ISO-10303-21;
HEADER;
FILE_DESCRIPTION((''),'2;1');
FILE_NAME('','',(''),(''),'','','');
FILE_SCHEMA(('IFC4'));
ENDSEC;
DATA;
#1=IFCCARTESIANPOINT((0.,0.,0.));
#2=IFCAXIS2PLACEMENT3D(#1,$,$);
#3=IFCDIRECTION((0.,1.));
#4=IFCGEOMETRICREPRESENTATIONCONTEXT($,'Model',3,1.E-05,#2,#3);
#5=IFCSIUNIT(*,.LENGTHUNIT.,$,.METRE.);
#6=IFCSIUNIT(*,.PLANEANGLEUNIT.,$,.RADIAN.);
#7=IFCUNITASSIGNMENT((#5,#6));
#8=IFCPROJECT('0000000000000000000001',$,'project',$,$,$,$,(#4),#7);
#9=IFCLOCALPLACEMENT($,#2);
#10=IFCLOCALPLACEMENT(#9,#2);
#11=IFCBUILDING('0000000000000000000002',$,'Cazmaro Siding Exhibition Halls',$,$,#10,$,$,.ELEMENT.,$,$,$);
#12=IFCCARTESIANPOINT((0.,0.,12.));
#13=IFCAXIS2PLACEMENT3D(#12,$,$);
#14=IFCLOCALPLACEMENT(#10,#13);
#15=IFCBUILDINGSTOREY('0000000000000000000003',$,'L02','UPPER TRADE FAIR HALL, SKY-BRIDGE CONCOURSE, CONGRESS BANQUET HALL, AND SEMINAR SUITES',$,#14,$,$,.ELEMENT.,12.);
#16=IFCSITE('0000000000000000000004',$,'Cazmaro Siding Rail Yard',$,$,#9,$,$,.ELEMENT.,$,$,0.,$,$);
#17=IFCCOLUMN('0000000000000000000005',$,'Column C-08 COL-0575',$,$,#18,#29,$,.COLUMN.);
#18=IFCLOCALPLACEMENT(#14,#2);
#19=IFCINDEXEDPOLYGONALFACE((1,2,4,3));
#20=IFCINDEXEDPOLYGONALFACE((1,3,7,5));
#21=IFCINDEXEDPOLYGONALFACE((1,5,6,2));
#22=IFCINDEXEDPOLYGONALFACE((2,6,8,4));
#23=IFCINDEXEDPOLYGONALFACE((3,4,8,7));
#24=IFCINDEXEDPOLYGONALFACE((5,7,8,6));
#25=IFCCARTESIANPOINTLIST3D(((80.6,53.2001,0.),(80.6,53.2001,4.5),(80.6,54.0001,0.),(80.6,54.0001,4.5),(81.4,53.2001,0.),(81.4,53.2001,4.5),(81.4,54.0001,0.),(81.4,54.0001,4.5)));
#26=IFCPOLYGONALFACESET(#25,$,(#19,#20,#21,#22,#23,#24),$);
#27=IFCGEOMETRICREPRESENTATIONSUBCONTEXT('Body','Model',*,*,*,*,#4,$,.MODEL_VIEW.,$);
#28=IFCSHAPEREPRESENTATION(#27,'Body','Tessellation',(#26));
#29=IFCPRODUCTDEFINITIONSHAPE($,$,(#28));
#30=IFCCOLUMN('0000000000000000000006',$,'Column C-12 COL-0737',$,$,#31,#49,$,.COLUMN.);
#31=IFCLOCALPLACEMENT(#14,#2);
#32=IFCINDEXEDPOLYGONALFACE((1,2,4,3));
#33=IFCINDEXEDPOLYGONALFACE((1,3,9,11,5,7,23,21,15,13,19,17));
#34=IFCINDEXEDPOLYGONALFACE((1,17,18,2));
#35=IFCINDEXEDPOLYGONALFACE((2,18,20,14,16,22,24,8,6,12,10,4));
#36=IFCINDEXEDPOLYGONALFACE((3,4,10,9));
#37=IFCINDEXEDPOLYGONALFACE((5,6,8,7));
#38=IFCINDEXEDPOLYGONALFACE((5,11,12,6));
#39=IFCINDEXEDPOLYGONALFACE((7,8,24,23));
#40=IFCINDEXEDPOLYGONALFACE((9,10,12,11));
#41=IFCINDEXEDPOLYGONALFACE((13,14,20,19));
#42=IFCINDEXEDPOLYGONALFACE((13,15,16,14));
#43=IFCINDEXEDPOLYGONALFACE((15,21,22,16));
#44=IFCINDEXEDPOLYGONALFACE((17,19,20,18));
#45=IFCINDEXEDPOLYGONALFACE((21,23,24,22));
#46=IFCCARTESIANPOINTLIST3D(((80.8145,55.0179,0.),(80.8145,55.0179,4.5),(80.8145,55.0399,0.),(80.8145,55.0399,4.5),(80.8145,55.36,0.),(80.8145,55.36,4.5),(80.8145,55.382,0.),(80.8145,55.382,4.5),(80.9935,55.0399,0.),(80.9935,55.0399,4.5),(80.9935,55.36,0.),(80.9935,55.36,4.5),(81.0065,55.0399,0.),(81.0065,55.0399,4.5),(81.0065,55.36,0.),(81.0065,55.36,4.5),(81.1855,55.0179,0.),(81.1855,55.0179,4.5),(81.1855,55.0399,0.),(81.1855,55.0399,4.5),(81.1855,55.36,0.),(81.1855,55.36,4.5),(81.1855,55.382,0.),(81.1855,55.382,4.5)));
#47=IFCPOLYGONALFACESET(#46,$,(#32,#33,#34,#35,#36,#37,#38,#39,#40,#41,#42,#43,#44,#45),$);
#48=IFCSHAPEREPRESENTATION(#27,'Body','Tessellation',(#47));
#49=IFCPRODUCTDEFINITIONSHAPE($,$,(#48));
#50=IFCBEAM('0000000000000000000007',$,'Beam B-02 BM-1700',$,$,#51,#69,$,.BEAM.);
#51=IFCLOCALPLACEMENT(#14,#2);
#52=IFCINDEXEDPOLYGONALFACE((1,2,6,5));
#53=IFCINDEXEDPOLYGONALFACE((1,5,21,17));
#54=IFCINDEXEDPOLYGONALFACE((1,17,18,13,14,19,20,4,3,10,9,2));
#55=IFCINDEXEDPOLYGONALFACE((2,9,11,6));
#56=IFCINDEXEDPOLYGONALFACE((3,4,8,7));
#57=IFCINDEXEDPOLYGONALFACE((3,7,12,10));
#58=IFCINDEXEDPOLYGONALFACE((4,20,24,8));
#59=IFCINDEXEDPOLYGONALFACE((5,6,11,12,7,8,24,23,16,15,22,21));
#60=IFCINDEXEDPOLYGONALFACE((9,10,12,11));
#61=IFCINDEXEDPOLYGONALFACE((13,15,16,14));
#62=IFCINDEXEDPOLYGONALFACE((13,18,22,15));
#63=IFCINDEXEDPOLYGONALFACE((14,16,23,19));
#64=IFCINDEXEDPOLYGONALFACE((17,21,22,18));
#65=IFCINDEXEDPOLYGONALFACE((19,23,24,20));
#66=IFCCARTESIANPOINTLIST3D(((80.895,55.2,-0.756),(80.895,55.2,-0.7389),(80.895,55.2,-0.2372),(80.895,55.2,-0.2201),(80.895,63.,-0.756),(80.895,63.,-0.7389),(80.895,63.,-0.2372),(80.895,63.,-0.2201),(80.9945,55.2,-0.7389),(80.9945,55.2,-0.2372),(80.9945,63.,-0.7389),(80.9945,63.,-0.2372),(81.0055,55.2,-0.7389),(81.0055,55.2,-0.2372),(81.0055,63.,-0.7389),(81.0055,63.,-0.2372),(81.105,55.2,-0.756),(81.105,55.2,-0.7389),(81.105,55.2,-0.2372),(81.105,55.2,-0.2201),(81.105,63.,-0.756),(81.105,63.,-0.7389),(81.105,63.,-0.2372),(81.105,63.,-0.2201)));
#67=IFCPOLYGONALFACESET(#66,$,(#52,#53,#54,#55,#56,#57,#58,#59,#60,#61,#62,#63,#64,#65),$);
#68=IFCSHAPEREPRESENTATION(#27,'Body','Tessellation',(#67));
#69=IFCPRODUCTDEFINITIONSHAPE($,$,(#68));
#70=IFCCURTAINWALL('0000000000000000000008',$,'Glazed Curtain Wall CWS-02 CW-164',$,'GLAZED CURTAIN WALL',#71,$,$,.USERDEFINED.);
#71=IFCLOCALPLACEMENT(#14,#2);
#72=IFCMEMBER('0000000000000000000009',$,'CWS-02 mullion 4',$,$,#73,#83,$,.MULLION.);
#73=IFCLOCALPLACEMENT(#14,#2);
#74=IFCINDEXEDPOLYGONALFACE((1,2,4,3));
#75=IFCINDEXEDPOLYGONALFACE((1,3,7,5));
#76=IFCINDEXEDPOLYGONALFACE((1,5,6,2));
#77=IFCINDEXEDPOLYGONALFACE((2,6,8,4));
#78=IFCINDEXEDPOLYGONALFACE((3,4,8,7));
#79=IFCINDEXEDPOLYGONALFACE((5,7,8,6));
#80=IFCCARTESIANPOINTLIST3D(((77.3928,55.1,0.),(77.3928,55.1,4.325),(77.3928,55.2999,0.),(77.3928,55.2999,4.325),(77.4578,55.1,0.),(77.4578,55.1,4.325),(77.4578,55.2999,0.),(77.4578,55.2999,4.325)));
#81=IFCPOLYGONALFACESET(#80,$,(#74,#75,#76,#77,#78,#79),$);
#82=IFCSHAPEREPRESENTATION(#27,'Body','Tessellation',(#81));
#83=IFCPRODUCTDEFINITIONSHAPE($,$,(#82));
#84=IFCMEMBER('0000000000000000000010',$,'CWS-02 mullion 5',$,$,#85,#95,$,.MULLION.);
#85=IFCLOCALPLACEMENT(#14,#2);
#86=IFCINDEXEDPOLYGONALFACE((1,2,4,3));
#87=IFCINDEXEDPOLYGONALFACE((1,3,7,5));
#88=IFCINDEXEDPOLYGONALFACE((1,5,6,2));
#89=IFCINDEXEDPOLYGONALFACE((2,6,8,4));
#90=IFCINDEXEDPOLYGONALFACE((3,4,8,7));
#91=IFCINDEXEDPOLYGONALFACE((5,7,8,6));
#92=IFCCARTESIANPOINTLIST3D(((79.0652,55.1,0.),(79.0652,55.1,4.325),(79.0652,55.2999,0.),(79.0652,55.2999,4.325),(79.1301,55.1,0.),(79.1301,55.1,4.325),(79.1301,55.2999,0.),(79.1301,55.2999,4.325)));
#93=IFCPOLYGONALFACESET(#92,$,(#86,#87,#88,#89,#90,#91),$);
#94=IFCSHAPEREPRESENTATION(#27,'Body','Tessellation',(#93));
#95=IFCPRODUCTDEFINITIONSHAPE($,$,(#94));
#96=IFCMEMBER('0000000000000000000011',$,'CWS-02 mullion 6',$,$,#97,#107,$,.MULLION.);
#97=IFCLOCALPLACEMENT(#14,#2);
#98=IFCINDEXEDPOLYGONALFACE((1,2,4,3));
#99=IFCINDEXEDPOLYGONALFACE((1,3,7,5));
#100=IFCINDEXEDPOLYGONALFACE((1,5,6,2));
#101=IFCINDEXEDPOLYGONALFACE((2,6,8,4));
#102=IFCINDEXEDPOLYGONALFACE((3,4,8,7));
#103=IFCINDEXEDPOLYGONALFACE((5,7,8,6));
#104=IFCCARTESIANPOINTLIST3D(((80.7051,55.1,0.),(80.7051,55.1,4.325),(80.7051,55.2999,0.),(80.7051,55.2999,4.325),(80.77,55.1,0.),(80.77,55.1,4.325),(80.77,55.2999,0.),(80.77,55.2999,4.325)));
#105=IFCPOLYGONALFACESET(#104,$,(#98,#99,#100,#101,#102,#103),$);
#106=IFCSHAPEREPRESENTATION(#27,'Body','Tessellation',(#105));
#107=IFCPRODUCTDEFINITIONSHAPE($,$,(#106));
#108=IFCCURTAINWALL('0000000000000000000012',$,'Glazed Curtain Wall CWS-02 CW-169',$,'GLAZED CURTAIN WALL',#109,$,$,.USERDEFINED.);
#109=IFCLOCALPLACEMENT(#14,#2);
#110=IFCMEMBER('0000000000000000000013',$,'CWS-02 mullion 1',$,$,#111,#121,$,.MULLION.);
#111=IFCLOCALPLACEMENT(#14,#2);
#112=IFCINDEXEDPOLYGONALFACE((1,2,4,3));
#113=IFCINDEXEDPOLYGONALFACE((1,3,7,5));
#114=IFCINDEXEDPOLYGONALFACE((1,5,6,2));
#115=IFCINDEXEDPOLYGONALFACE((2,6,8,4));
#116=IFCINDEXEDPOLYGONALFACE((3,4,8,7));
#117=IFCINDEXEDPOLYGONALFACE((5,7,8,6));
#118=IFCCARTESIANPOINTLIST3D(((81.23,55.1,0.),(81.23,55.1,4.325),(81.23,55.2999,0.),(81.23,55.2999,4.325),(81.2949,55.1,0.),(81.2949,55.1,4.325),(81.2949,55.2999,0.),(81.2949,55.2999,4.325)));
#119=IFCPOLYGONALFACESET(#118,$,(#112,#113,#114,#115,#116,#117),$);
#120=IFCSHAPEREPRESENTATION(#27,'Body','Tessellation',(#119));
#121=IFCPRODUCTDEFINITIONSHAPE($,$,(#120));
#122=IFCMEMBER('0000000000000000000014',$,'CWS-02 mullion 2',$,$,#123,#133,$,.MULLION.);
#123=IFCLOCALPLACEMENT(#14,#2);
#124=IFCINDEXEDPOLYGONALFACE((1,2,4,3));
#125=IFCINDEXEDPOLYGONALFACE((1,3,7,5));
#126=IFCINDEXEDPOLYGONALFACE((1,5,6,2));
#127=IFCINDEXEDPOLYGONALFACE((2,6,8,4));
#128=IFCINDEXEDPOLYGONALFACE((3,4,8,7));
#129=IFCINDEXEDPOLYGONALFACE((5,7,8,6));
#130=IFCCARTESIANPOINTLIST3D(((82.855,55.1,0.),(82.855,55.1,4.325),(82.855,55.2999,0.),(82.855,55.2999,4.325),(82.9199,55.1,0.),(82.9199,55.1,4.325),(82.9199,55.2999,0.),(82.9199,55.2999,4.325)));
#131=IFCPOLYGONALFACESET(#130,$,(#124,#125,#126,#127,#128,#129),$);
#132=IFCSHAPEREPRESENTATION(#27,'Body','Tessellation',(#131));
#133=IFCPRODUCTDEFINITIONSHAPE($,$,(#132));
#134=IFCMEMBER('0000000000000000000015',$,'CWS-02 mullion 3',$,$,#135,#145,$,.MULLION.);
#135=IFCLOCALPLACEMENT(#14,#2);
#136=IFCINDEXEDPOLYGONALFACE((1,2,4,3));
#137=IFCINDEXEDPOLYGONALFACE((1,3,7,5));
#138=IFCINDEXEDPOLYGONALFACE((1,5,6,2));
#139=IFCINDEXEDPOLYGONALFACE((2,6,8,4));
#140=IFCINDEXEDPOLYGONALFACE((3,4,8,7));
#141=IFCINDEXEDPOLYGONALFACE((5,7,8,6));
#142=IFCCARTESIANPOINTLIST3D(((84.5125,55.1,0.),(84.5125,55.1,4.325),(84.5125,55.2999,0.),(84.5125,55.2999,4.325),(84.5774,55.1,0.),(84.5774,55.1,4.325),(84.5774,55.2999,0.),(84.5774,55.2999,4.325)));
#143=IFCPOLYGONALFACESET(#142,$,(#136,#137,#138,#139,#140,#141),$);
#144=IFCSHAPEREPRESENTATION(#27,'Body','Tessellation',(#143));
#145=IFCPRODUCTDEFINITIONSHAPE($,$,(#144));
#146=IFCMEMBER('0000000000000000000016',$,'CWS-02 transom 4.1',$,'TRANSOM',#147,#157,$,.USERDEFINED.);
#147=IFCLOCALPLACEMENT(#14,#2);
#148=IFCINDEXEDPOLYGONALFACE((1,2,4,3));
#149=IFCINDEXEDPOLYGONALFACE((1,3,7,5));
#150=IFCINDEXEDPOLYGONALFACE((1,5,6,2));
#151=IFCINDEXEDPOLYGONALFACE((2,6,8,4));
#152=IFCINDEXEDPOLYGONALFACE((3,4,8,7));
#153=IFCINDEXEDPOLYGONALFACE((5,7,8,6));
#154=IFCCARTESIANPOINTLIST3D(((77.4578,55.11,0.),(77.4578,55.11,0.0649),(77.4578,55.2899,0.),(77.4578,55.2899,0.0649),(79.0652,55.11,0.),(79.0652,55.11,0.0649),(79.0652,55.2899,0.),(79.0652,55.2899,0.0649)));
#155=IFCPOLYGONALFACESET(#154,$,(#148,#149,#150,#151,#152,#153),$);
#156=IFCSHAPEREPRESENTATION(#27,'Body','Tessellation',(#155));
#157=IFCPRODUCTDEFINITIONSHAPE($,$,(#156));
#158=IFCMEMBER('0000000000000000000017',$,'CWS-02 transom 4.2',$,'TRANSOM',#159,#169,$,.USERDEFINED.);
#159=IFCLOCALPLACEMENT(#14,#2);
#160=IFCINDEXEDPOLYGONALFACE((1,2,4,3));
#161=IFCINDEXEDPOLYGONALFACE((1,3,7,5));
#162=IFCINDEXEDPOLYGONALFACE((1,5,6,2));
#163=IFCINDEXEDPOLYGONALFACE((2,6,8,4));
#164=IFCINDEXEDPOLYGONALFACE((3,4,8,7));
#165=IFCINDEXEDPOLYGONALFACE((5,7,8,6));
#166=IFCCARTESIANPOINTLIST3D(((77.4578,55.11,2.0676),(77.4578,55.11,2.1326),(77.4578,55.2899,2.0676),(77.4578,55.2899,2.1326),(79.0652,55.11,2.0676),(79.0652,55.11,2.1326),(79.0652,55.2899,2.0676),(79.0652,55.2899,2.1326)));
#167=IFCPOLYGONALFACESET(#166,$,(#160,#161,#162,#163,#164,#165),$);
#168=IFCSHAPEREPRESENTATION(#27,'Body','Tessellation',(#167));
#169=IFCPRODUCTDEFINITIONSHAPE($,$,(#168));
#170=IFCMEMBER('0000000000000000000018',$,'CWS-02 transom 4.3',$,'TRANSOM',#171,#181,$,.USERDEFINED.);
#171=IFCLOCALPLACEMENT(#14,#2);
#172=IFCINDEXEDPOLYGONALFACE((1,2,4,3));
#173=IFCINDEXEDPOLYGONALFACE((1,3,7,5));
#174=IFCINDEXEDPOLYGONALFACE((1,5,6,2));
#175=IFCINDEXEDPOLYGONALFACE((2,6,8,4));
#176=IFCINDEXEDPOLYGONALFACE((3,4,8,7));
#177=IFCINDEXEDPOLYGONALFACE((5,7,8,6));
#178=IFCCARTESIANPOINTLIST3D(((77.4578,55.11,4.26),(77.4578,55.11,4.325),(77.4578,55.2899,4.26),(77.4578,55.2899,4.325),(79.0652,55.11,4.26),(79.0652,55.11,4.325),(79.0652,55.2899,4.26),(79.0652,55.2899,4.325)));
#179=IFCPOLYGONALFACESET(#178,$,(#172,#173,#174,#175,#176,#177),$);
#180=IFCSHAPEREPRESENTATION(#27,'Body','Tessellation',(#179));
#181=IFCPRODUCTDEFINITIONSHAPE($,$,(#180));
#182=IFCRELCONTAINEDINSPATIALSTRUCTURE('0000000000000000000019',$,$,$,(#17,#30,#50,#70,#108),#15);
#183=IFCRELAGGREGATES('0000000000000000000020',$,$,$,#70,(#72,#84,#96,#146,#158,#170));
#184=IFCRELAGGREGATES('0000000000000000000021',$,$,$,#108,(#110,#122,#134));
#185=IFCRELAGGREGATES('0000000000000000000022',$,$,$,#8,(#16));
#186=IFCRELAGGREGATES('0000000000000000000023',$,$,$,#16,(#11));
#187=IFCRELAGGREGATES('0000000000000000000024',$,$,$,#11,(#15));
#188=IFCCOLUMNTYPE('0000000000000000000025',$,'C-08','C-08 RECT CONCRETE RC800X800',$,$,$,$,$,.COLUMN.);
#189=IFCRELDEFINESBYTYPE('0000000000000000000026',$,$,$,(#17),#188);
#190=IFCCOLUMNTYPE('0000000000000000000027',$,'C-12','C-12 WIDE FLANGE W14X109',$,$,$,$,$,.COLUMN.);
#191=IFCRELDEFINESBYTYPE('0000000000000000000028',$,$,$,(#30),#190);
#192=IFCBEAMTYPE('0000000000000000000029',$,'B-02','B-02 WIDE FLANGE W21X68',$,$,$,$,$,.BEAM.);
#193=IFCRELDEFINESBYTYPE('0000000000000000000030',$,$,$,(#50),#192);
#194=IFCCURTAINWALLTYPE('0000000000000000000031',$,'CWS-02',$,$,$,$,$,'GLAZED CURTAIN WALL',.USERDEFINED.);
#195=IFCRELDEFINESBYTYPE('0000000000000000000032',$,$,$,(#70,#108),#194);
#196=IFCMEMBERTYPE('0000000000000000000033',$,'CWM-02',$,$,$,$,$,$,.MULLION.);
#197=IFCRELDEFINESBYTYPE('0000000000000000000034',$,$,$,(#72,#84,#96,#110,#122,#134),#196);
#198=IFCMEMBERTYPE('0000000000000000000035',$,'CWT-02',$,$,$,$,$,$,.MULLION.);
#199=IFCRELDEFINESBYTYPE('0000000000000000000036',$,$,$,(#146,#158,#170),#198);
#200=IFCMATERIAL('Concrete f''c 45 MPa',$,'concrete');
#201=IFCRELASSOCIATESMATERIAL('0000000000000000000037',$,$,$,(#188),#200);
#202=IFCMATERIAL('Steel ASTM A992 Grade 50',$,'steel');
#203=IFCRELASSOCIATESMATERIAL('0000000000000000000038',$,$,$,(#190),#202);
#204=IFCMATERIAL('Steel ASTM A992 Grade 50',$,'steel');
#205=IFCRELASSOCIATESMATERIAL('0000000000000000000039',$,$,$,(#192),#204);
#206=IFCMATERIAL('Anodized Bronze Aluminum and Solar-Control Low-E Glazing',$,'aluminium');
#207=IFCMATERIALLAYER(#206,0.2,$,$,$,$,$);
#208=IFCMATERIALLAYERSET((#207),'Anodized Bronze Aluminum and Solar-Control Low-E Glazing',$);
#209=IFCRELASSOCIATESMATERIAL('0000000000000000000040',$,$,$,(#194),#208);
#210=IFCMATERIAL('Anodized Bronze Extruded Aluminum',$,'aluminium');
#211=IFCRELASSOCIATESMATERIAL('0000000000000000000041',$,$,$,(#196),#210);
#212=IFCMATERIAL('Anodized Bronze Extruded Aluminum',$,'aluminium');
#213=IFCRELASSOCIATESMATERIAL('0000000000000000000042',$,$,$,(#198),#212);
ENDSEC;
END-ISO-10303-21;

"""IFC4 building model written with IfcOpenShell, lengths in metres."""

from ifc_helpers import new_model, si_unit, direction, frame, origin, origin_2d, place, context, subcontext, project, spatial, rectangle, i_section, extrude, material, layer, layer_set, material_profile, profile_set, type_object, element, aggregate, save


model = new_model("IFC4")

# Units and contexts
model_context = context("Model", 3, precision=1e-05, world=origin(), true_north=direction((0.0, 1.0)))
body_context = subcontext(model_context, "Body", "Model", "MODEL_VIEW")
ifc_project = project(units=[si_unit("LENGTHUNIT", "METRE"), si_unit("PLANEANGLEUNIT", "RADIAN")], contexts=[model_context])

# Site, building, storey
site_placement = place(None, origin())
site = spatial("IfcSite", under=ifc_project, at=site_placement, Name="Cazmaro Siding Rail Yard", CompositionType="ELEMENT", RefElevation=0.0)
building_placement = place(site_placement, origin())
building = spatial("IfcBuilding", under=site, at=building_placement, Name="Cazmaro Siding Exhibition Halls", CompositionType="ELEMENT")
storey_placement = place(building_placement, frame((0.0, 0.0, 12.0)))
storey = spatial("IfcBuildingStorey", under=building, at=storey_placement, Name="L02", Description="UPPER TRADE FAIR HALL, SKY-BRIDGE CONCOURSE, CONGRESS BANQUET HALL, AND SEMINAR SUITES", CompositionType="ELEMENT", Elevation=12.0)

# Columns
ifc_material_1 = material(Name="Concrete f'c 45 MPa", Category="concrete")
ifc_material_profile_1 = material_profile(ifc_material_1, rectangle(XDim=0.8, YDim=0.8, at=origin_2d()), Name="RC800X800")
ifc_profile_set_1 = profile_set([ifc_material_profile_1], Name="Concrete f'c 45 MPa")
column_type_1 = type_object("IfcColumnType", Name="C-08", Description="C-08 RECT CONCRETE RC800X800", PredefinedType="COLUMN", material=ifc_profile_set_1)
column_1_placement = place(storey_placement, frame((81.0, 53.6001, 0.0), z_axis=(0.0, 0.0, 1.0), x_axis=(1.0, 0.0, 0.0)))
element("IfcColumn", 1, at=column_1_placement, inside=storey, type_object=column_type_1, Name="Column C-08 COL-0575", PredefinedType="COLUMN", context=body_context, shape_type="SweptSolid", body=[
    extrude(rectangle(XDim=0.8, YDim=0.8, at=origin_2d()), origin(), (0.0, 0.0, 1.0), 4.5),
])
ifc_material_2 = material(Name="Steel ASTM A992 Grade 50", Category="steel")
ifc_material_profile_2 = material_profile(ifc_material_2, i_section(OverallWidth=0.3711, OverallDepth=0.364, WebThickness=0.0129, FlangeThickness=0.022, at=origin_2d()), Name="W14X109")
ifc_profile_set_2 = profile_set([ifc_material_profile_2], Name="Steel ASTM A992 Grade 50")
column_type_2 = type_object("IfcColumnType", Name="C-12", Description="C-12 WIDE FLANGE W14X109", PredefinedType="COLUMN", material=ifc_profile_set_2)
column_2_placement = place(storey_placement, frame((81.0, 55.2, 0.0), z_axis=(0.0, 0.0, 1.0), x_axis=(1.0, 0.0, 0.0)))
element("IfcColumn", 2, at=column_2_placement, inside=storey, type_object=column_type_2, Name="Column C-12 COL-0737", PredefinedType="COLUMN", context=body_context, shape_type="SweptSolid", body=[
    extrude(i_section(OverallWidth=0.3711, OverallDepth=0.364, WebThickness=0.0129, FlangeThickness=0.022, at=origin_2d()), origin(), (0.0, 0.0, 1.0), 4.5),
])

# Beam
ifc_material_3 = material(Name="Steel ASTM A992 Grade 50", Category="steel")
ifc_material_profile_3 = material_profile(ifc_material_3, i_section(OverallWidth=0.21, OverallDepth=0.5359, WebThickness=0.011, FlangeThickness=0.0171, at=origin_2d()), Name="W21X68")
ifc_profile_set_3 = profile_set([ifc_material_profile_3], Name="Steel ASTM A992 Grade 50")
beam_type_1 = type_object("IfcBeamType", Name="B-02", Description="B-02 WIDE FLANGE W21X68", PredefinedType="BEAM", material=ifc_profile_set_3)
beam_1_placement = place(storey_placement, frame((81.0, 55.2, -0.488), z_axis=(0.0, 1.0, 0.0), x_axis=(-1.0, 0.0, 0.0)))
element("IfcBeam", 3, at=beam_1_placement, inside=storey, type_object=beam_type_1, Name="Beam B-02 BM-1700", PredefinedType="BEAM", context=body_context, shape_type="SweptSolid", body=[
    extrude(i_section(OverallWidth=0.21, OverallDepth=0.5359, WebThickness=0.011, FlangeThickness=0.0171, at=origin_2d()), origin(), (0.0, 0.0, 1.0), 7.8),
])

# Curtain walls, members
ifc_material_4 = material(Name="Anodized Bronze Aluminum and Solar-Control Low-E Glazing", Category="aluminium")
ifc_layer_1 = layer(ifc_material_4, 0.2)
ifc_layer_set_1 = layer_set([ifc_layer_1], Name="Anodized Bronze Aluminum and Solar-Control Low-E Glazing")
curtain_wall_type = type_object("IfcCurtainWallType", Name="CWS-02", ElementType="GLAZED CURTAIN WALL", PredefinedType="USERDEFINED", material=ifc_layer_set_1)
curtain_wall_1_placement = place(storey_placement, origin())
curtain_wall_1 = element("IfcCurtainWall", 4, at=curtain_wall_1_placement, inside=storey, type_object=curtain_wall_type, Name="Glazed Curtain Wall CWS-02 CW-164", ObjectType="GLAZED CURTAIN WALL", PredefinedType="USERDEFINED")
ifc_material_5 = material(Name="Anodized Bronze Extruded Aluminum", Category="aluminium")
ifc_material_profile_4 = material_profile(ifc_material_5, rectangle(XDim=0.2, YDim=0.0649, at=origin_2d()), Name="CWM-02")
ifc_profile_set_4 = profile_set([ifc_material_profile_4], Name="Anodized Bronze Extruded Aluminum")
member_type_1 = type_object("IfcMemberType", Name="CWM-02", PredefinedType="MULLION", material=ifc_profile_set_4)
member_1_placement = place(storey_placement, frame((77.4253, 55.2, 0.0), z_axis=(0.0, 0.0, 1.0), x_axis=(0.0, 1.0, 0.0)))
member_1 = element("IfcMember", 5, at=member_1_placement, type_object=member_type_1, Name="CWS-02 mullion 4", PredefinedType="MULLION", context=body_context, shape_type="SweptSolid", body=[
    extrude(rectangle(XDim=0.2, YDim=0.0649, at=origin_2d()), origin(), (0.0, 0.0, 1.0), 4.325),
])
member_2_placement = place(storey_placement, frame((79.0977, 55.2, 0.0), z_axis=(0.0, 0.0, 1.0), x_axis=(0.0, 1.0, 0.0)))
member_2 = element("IfcMember", 6, at=member_2_placement, type_object=member_type_1, Name="CWS-02 mullion 5", PredefinedType="MULLION", context=body_context, shape_type="SweptSolid", body=[
    extrude(rectangle(XDim=0.2, YDim=0.0649, at=origin_2d()), origin(), (0.0, 0.0, 1.0), 4.325),
])
member_3_placement = place(storey_placement, frame((80.7375, 55.2, 0.0), z_axis=(0.0, 0.0, 1.0), x_axis=(0.0, 1.0, 0.0)))
member_3 = element("IfcMember", 7, at=member_3_placement, type_object=member_type_1, Name="CWS-02 mullion 6", PredefinedType="MULLION", context=body_context, shape_type="SweptSolid", body=[
    extrude(rectangle(XDim=0.2, YDim=0.0649, at=origin_2d()), origin(), (0.0, 0.0, 1.0), 4.325),
])
curtain_wall_2_placement = place(storey_placement, origin())
curtain_wall_2 = element("IfcCurtainWall", 8, at=curtain_wall_2_placement, inside=storey, type_object=curtain_wall_type, Name="Glazed Curtain Wall CWS-02 CW-169", ObjectType="GLAZED CURTAIN WALL", PredefinedType="USERDEFINED")
member_4_placement = place(storey_placement, frame((81.2625, 55.2, 0.0), z_axis=(0.0, 0.0, 1.0), x_axis=(0.0, 1.0, 0.0)))
member_4 = element("IfcMember", 9, at=member_4_placement, type_object=member_type_1, Name="CWS-02 mullion 1", PredefinedType="MULLION", context=body_context, shape_type="SweptSolid", body=[
    extrude(rectangle(XDim=0.2, YDim=0.0649, at=origin_2d()), origin(), (0.0, 0.0, 1.0), 4.325),
])
member_5_placement = place(storey_placement, frame((82.8875, 55.2, 0.0), z_axis=(0.0, 0.0, 1.0), x_axis=(0.0, 1.0, 0.0)))
member_5 = element("IfcMember", 10, at=member_5_placement, type_object=member_type_1, Name="CWS-02 mullion 2", PredefinedType="MULLION", context=body_context, shape_type="SweptSolid", body=[
    extrude(rectangle(XDim=0.2, YDim=0.0649, at=origin_2d()), origin(), (0.0, 0.0, 1.0), 4.325),
])
member_6_placement = place(storey_placement, frame((84.5449, 55.2, 0.0), z_axis=(0.0, 0.0, 1.0), x_axis=(0.0, 1.0, 0.0)))
member_6 = element("IfcMember", 11, at=member_6_placement, type_object=member_type_1, Name="CWS-02 mullion 3", PredefinedType="MULLION", context=body_context, shape_type="SweptSolid", body=[
    extrude(rectangle(XDim=0.2, YDim=0.0649, at=origin_2d()), origin(), (0.0, 0.0, 1.0), 4.325),
])

# Members
ifc_material_6 = material(Name="Anodized Bronze Extruded Aluminum", Category="aluminium")
ifc_material_profile_5 = material_profile(ifc_material_6, rectangle(XDim=0.1799, YDim=0.0649, at=origin_2d()), Name="CWT-02")
ifc_profile_set_5 = profile_set([ifc_material_profile_5], Name="Anodized Bronze Extruded Aluminum")
member_type_2 = type_object("IfcMemberType", Name="CWT-02", PredefinedType="MULLION", material=ifc_profile_set_5)
member_7_placement = place(storey_placement, frame((77.4578, 55.2, 0.0325), z_axis=(1.0, 0.0, 0.0), x_axis=(0.0, 1.0, 0.0)))
member_7 = element("IfcMember", 12, at=member_7_placement, type_object=member_type_2, Name="CWS-02 transom 4.1", ObjectType="TRANSOM", PredefinedType="USERDEFINED", context=body_context, shape_type="SweptSolid", body=[
    extrude(rectangle(XDim=0.1799, YDim=0.0649, at=origin_2d()), origin(), (0.0, 0.0, 1.0), 1.6074),
])
member_8_placement = place(storey_placement, frame((77.4578, 55.2, 2.1001), z_axis=(1.0, 0.0, 0.0), x_axis=(0.0, 1.0, 0.0)))
member_8 = element("IfcMember", 13, at=member_8_placement, type_object=member_type_2, Name="CWS-02 transom 4.2", ObjectType="TRANSOM", PredefinedType="USERDEFINED", context=body_context, shape_type="SweptSolid", body=[
    extrude(rectangle(XDim=0.1799, YDim=0.0649, at=origin_2d()), origin(), (0.0, 0.0, 1.0), 1.6074),
])
member_9_placement = place(storey_placement, frame((77.4578, 55.2, 4.2925), z_axis=(1.0, 0.0, 0.0), x_axis=(0.0, 1.0, 0.0)))
member_9 = element("IfcMember", 14, at=member_9_placement, type_object=member_type_2, Name="CWS-02 transom 4.3", ObjectType="TRANSOM", PredefinedType="USERDEFINED", context=body_context, shape_type="SweptSolid", body=[
    extrude(rectangle(XDim=0.1799, YDim=0.0649, at=origin_2d()), origin(), (0.0, 0.0, 1.0), 1.6074),
])

aggregate(curtain_wall_1, [member_1, member_2, member_3, member_7, member_8, member_9])
aggregate(curtain_wall_2, [member_4, member_5, member_6])

save(model, "model.ifc")
